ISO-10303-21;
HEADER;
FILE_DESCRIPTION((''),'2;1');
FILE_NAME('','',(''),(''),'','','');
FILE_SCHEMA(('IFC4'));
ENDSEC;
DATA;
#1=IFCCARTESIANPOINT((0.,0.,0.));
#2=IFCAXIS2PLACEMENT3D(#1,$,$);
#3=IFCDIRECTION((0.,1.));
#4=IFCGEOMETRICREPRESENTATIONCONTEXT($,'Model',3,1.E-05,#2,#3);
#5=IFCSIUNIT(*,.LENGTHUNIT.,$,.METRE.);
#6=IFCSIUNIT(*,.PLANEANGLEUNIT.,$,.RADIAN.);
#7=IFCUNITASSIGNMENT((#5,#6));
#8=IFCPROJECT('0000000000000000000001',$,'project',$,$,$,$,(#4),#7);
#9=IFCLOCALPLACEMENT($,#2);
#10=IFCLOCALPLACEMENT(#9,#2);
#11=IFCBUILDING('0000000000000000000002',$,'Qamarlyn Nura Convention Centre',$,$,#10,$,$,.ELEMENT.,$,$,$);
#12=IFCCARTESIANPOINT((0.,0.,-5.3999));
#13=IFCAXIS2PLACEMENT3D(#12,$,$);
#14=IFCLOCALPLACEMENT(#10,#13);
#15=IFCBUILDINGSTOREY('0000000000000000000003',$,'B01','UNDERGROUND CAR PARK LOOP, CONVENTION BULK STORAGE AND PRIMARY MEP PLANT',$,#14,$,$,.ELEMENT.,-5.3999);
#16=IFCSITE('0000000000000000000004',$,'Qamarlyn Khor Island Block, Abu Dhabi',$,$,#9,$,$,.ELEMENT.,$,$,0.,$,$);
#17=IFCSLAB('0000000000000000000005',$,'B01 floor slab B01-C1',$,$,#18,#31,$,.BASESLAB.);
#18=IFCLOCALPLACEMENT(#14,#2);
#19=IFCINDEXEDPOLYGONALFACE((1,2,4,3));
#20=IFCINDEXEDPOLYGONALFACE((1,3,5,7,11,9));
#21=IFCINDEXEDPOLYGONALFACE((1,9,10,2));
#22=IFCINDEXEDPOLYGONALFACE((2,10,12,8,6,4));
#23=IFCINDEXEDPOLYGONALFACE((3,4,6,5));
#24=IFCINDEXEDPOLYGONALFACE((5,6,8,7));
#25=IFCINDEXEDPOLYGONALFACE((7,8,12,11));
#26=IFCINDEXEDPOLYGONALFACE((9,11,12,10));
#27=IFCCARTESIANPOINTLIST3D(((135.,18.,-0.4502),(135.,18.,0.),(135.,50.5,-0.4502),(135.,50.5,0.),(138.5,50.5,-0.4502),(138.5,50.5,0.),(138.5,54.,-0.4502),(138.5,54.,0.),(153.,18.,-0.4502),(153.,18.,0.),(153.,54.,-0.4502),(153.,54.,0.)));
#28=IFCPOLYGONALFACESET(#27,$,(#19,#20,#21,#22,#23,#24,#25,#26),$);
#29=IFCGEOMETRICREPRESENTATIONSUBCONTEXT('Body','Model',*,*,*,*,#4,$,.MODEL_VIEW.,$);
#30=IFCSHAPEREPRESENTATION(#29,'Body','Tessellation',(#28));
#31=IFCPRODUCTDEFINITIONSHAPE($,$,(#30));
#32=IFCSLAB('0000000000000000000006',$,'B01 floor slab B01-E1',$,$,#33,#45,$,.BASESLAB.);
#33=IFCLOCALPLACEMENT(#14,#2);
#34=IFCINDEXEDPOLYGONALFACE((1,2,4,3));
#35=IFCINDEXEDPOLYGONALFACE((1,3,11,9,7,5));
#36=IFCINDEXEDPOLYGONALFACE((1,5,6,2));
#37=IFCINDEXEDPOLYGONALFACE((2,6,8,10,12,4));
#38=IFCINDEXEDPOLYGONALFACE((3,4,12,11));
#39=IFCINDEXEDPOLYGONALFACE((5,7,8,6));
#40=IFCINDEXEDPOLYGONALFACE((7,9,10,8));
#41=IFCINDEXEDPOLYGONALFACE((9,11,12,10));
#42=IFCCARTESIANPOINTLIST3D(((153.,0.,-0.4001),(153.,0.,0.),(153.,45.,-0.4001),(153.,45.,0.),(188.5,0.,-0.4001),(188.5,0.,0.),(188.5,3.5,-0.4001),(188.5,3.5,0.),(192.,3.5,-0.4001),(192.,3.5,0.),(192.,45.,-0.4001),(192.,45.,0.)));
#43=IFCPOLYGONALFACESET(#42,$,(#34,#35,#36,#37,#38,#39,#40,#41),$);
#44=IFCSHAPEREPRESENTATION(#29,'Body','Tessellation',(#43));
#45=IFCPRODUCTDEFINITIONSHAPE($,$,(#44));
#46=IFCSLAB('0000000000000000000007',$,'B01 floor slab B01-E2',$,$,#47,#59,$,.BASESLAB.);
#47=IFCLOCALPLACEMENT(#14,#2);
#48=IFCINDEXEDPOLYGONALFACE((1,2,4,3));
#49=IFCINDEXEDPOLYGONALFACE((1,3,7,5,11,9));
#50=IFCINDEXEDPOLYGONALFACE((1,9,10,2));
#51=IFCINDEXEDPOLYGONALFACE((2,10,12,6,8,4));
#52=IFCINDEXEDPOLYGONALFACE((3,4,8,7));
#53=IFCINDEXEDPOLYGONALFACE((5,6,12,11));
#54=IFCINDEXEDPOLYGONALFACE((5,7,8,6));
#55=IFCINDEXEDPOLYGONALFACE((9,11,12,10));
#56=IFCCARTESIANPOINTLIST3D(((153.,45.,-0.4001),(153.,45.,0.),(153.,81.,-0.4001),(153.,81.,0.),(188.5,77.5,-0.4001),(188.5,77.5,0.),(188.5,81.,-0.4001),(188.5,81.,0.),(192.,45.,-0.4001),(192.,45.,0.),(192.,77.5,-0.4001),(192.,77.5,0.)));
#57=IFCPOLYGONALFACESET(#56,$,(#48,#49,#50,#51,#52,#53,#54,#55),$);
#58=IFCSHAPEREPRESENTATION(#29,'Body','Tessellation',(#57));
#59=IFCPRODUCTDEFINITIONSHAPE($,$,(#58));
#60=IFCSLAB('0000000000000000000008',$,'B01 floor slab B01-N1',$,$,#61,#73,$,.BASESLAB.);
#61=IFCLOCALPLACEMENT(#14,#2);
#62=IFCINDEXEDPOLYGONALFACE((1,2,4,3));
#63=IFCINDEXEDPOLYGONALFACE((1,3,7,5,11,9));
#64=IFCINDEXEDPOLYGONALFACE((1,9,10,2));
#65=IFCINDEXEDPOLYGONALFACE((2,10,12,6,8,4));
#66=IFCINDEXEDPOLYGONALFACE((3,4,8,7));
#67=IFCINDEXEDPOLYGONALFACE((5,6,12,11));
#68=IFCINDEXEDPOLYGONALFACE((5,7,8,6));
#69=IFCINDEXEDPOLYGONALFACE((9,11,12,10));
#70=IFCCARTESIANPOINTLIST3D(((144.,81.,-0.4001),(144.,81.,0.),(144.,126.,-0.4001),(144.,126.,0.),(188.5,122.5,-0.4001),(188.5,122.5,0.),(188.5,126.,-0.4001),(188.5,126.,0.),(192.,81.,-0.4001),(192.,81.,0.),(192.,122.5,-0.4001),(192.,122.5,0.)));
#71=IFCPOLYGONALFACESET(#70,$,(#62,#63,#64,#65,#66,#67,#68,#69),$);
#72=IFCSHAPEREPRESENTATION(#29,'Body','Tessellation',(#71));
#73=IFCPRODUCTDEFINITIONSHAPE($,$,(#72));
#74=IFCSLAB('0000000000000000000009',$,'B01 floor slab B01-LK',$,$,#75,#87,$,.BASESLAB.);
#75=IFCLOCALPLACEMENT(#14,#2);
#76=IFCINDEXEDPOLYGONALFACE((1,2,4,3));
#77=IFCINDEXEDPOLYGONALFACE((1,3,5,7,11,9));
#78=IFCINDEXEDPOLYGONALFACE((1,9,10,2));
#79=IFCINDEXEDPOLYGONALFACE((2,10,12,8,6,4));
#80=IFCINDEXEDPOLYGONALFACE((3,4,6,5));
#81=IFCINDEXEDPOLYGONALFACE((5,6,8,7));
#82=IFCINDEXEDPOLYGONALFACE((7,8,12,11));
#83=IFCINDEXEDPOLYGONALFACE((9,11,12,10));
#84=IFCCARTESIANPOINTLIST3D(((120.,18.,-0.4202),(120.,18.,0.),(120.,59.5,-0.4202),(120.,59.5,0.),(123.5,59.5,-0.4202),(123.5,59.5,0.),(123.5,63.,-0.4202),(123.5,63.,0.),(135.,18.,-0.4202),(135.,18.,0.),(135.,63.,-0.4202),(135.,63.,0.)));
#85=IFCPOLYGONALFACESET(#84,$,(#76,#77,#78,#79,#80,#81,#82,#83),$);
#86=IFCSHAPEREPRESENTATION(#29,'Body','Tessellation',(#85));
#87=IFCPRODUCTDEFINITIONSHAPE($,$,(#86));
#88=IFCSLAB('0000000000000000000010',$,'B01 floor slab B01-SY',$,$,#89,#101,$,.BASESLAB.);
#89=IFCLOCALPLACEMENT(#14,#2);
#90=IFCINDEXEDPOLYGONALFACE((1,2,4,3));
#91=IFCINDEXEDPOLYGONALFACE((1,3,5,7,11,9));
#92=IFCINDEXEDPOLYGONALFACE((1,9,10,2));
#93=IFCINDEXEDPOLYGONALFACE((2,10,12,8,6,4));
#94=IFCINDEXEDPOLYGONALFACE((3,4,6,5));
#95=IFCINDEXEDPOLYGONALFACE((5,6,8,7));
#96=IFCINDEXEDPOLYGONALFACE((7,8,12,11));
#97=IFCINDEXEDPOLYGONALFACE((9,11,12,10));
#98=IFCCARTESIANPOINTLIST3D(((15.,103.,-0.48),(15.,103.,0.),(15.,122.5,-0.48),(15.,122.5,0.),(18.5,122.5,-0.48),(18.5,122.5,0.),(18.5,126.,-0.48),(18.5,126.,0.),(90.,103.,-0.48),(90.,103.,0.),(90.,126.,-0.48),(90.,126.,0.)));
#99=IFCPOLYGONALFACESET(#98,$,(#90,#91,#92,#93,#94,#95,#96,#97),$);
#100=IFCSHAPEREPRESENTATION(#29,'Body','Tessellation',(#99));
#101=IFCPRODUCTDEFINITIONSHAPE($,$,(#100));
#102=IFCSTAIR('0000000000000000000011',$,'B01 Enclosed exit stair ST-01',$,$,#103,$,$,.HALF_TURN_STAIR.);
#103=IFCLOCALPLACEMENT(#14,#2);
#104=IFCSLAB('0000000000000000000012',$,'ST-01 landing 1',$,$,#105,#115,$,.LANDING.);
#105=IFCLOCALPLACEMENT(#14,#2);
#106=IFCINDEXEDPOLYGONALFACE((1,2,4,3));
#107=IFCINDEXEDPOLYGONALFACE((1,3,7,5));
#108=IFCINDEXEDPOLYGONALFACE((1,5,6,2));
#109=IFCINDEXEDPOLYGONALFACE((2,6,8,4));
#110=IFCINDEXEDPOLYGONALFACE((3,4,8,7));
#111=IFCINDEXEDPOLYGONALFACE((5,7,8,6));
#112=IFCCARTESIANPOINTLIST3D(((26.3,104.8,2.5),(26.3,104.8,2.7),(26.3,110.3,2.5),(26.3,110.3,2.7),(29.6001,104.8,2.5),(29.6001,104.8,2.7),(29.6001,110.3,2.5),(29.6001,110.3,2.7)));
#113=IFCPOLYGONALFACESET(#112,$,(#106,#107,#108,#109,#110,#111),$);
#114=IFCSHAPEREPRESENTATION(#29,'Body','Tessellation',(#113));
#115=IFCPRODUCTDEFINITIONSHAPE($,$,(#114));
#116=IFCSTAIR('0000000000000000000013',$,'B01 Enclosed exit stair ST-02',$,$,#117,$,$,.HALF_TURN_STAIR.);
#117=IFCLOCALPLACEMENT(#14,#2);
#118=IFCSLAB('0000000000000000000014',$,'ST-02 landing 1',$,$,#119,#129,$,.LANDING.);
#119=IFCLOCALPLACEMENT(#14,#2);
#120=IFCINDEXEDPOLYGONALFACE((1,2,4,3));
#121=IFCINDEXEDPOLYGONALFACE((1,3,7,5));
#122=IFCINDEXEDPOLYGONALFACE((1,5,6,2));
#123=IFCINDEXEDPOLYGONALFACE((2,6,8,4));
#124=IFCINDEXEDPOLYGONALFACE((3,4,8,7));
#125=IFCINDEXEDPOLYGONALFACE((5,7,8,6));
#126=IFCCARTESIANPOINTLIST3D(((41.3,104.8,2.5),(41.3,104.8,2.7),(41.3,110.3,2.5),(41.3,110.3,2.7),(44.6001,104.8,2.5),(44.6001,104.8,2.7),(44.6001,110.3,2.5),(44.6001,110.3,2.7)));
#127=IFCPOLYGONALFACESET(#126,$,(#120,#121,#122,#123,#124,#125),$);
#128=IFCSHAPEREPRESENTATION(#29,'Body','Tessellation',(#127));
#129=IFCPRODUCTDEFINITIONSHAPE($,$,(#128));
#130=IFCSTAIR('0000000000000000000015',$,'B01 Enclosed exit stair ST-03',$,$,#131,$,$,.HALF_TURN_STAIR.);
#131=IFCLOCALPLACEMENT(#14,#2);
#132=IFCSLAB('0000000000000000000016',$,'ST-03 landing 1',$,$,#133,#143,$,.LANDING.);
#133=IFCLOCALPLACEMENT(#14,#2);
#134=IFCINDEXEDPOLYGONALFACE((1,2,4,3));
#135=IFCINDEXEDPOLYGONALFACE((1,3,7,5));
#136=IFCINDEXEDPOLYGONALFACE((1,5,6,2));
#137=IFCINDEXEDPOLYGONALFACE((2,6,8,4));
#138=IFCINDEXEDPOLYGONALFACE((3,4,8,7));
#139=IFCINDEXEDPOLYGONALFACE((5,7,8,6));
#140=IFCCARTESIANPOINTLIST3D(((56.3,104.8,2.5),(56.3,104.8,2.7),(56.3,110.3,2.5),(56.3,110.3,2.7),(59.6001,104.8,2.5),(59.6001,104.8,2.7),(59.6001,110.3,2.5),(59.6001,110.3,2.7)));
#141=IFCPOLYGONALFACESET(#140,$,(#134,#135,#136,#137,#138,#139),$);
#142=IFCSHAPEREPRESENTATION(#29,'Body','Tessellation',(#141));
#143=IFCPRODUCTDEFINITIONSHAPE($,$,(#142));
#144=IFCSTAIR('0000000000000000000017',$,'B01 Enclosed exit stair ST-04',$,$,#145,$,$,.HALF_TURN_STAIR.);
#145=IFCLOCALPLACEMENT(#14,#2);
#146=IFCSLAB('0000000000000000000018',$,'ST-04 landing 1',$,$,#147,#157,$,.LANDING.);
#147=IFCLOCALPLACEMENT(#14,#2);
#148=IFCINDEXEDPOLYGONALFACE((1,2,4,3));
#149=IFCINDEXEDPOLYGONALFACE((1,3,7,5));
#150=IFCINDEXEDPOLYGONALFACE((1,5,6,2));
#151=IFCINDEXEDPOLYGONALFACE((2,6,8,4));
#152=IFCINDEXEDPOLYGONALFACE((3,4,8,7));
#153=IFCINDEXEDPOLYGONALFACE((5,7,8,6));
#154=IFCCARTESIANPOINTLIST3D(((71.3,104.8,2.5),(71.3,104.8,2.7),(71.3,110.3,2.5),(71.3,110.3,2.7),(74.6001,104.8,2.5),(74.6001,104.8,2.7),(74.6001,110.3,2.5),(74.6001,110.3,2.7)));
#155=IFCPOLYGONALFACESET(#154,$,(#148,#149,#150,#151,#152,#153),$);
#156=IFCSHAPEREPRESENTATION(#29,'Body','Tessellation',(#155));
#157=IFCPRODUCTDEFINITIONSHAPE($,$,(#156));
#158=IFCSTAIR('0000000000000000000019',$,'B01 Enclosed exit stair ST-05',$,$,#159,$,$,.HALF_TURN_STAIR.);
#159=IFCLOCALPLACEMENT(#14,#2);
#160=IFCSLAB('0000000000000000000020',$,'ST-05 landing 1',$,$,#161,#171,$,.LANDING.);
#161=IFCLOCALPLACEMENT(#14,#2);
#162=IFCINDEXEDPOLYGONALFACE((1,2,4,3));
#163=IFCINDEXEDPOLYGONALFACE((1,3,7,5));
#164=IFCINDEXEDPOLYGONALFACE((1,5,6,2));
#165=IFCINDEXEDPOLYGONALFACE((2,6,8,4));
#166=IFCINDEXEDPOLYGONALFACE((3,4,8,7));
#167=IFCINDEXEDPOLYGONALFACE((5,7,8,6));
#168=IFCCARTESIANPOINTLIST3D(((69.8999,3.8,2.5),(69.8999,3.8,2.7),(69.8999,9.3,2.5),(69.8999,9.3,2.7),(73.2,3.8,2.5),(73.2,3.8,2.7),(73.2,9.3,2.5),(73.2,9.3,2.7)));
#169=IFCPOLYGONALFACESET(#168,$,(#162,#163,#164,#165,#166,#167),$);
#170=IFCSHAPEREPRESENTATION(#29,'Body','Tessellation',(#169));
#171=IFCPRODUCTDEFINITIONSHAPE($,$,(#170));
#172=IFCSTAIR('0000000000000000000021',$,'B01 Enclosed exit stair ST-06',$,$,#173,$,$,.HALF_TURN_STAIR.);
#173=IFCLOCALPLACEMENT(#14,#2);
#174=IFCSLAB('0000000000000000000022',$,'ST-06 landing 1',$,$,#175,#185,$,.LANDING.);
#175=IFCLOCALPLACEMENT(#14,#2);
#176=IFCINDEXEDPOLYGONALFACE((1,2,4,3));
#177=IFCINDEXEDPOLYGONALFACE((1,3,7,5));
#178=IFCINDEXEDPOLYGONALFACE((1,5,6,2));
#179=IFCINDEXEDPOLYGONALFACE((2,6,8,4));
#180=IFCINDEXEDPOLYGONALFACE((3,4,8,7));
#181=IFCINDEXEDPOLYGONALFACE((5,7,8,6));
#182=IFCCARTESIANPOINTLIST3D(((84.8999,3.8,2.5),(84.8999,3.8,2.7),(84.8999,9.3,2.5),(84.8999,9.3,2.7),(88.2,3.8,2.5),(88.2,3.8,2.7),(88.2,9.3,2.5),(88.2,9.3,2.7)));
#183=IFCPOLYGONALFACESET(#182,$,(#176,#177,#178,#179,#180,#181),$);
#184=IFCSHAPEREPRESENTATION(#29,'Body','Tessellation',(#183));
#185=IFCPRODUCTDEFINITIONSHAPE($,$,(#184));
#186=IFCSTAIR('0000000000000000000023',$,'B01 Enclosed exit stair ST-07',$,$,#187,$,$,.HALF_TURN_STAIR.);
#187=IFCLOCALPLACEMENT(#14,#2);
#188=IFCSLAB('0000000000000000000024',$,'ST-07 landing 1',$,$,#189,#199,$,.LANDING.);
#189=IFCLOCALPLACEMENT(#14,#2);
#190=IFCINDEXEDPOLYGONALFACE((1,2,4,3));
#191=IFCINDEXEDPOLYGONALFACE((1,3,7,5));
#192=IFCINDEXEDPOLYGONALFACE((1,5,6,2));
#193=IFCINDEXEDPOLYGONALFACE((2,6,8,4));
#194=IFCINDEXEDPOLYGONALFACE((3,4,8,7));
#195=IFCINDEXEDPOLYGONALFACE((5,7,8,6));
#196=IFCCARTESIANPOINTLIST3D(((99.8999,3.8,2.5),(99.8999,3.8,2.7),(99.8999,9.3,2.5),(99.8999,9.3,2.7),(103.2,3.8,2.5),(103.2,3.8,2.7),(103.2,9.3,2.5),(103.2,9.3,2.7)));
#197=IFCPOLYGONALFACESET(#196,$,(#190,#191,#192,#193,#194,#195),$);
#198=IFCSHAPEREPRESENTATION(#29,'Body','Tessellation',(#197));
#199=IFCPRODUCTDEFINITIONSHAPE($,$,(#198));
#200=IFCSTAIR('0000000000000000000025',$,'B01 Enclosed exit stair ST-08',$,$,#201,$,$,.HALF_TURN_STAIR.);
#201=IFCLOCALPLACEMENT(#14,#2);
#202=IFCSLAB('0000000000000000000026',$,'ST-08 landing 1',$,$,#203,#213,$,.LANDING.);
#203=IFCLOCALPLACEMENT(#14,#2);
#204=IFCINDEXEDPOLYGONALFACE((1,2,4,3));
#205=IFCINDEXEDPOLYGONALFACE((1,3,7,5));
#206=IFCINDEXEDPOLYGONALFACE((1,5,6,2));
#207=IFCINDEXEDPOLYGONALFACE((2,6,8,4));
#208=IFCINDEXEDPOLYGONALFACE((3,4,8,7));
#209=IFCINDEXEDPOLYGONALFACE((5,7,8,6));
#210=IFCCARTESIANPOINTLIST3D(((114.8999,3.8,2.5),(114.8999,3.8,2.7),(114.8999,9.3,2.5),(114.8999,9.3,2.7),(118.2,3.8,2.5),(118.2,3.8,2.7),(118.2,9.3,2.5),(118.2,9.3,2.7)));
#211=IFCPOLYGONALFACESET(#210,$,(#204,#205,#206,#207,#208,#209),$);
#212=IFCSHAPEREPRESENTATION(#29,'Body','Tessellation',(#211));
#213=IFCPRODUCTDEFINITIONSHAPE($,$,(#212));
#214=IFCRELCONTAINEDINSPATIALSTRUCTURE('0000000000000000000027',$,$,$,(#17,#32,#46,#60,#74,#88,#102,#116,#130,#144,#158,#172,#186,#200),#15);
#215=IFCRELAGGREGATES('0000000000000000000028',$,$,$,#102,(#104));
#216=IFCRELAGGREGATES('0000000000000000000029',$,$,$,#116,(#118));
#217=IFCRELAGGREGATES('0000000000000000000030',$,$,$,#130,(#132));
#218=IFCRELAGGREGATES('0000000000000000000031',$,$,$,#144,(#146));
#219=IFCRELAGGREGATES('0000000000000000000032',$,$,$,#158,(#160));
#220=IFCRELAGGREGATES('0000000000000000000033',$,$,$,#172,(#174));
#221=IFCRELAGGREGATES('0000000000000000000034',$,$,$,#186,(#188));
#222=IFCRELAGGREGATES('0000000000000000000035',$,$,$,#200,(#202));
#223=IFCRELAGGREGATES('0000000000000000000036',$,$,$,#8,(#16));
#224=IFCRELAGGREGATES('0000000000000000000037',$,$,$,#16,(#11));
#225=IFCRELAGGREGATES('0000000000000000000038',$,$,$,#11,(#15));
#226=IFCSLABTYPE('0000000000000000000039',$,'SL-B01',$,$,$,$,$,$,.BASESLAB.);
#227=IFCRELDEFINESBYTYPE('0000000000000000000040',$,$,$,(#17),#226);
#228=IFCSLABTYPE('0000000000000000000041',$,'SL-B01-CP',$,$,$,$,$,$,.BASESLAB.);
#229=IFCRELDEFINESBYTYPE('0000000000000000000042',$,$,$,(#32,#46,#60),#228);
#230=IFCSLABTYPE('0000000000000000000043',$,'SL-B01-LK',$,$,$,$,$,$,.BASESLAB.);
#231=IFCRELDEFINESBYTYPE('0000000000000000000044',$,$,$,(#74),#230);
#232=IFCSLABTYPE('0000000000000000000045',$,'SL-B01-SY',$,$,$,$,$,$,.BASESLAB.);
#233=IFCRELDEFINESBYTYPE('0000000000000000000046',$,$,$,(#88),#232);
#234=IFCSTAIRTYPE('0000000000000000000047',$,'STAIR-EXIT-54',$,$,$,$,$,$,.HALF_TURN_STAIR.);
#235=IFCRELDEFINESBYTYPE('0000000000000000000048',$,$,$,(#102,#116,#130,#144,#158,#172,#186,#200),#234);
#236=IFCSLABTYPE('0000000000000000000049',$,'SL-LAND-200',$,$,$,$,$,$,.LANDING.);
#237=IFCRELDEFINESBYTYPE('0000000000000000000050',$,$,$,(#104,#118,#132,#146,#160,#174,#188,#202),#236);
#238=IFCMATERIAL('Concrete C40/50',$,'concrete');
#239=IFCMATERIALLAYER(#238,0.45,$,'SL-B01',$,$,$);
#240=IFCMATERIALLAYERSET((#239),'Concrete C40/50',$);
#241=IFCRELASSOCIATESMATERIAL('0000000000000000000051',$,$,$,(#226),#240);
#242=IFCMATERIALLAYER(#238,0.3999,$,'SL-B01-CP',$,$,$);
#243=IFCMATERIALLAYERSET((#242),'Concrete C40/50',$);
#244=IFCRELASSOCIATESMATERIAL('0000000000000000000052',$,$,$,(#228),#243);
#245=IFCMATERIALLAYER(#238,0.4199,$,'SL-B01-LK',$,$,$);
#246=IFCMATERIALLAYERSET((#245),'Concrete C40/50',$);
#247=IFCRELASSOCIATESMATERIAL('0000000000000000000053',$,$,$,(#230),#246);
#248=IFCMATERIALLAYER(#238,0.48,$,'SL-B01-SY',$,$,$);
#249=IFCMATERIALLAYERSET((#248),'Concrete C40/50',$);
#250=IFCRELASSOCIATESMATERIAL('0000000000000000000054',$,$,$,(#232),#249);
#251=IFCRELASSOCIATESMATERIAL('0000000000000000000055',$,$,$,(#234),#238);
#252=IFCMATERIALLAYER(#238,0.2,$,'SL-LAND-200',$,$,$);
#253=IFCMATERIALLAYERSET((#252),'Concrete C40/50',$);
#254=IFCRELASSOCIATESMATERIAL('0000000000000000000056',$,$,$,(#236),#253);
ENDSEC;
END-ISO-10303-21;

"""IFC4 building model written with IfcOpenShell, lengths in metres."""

from ifc_helpers import new_model, si_unit, direction, frame, origin, place, context, subcontext, project, spatial, polyline, outline, extrude, material, layer, layer_set, type_object, element, aggregate, save


model = new_model("IFC4")

# Units and contexts
model_context = context("Model", 3, precision=1e-05, world=origin(), true_north=direction((0.0, 1.0)))
body_context = subcontext(model_context, "Body", "Model", "MODEL_VIEW")
ifc_project = project(units=[si_unit("LENGTHUNIT", "METRE"), si_unit("PLANEANGLEUNIT", "RADIAN")], contexts=[model_context])

# Site, building, storey
site_placement = place(None, origin())
site = spatial("IfcSite", under=ifc_project, at=site_placement, Name="Qamarlyn Khor Island Block, Abu Dhabi", CompositionType="ELEMENT", RefElevation=0.0)
building_placement = place(site_placement, origin())
building = spatial("IfcBuilding", under=site, at=building_placement, Name="Qamarlyn Nura Convention Centre", CompositionType="ELEMENT")
storey_placement = place(building_placement, frame((0.0, 0.0, -5.3999)))
storey = spatial("IfcBuildingStorey", under=building, at=storey_placement, Name="B01", Description="UNDERGROUND CAR PARK LOOP, CONVENTION BULK STORAGE AND PRIMARY MEP PLANT", CompositionType="ELEMENT", Elevation=-5.3999)

# Shared definitions
ifc_material = material(Name="Concrete C40/50", Category="concrete")

# Slabs
ifc_layer_1 = layer(ifc_material, 0.45, Name="SL-B01")
ifc_layer_set_1 = layer_set([ifc_layer_1], Name="Concrete C40/50")
slab_type_1 = type_object("IfcSlabType", Name="SL-B01", PredefinedType="BASESLAB", material=ifc_layer_set_1)
slab_1_placement = place(storey_placement, frame((0.0, 0.0, -0.4502)))
element("IfcSlab", 1, at=slab_1_placement, inside=storey, type_object=slab_type_1, Name="B01 floor slab B01-C1", PredefinedType="BASESLAB", context=body_context, shape_type="SweptSolid", body=[
    extrude(outline(polyline([(153.0, 54.0), (153.0, 18.0), (135.0, 18.0), (135.0, 50.5), (138.5, 50.5), (138.5, 54.0), (153.0, 54.0)])), origin(), (0.0, 0.0, 1.0), 0.4502),
])
ifc_layer_2 = layer(ifc_material, 0.3999, Name="SL-B01-CP")
ifc_layer_set_2 = layer_set([ifc_layer_2], Name="Concrete C40/50")
slab_type_2 = type_object("IfcSlabType", Name="SL-B01-CP", PredefinedType="BASESLAB", material=ifc_layer_set_2)
slab_2_placement = place(storey_placement, frame((0.0, 0.0, -0.4001)))
element("IfcSlab", 2, at=slab_2_placement, inside=storey, type_object=slab_type_2, Name="B01 floor slab B01-E1", PredefinedType="BASESLAB", context=body_context, shape_type="SweptSolid", body=[
    extrude(outline(polyline([(153.0, 0.0), (153.0, 45.0), (192.0, 45.0), (192.0, 3.5), (188.5, 3.5), (188.5, 0.0), (153.0, 0.0)])), origin(), (0.0, 0.0, 1.0), 0.4001),
])
slab_3_placement = place(storey_placement, frame((0.0, 0.0, -0.4001)))
element("IfcSlab", 3, at=slab_3_placement, inside=storey, type_object=slab_type_2, Name="B01 floor slab B01-E2", PredefinedType="BASESLAB", context=body_context, shape_type="SweptSolid", body=[
    extrude(outline(polyline([(192.0, 45.0), (153.0, 45.0), (153.0, 81.0), (188.5, 81.0), (188.5, 77.5), (192.0, 77.5), (192.0, 45.0)])), origin(), (0.0, 0.0, 1.0), 0.4001),
])
slab_4_placement = place(storey_placement, frame((0.0, 0.0, -0.4001)))
element("IfcSlab", 4, at=slab_4_placement, inside=storey, type_object=slab_type_2, Name="B01 floor slab B01-N1", PredefinedType="BASESLAB", context=body_context, shape_type="SweptSolid", body=[
    extrude(outline(polyline([(192.0, 81.0), (144.0, 81.0), (144.0, 126.0), (188.5, 126.0), (188.5, 122.5), (192.0, 122.5), (192.0, 81.0)])), origin(), (0.0, 0.0, 1.0), 0.4001),
])
ifc_layer_3 = layer(ifc_material, 0.4199, Name="SL-B01-LK")
ifc_layer_set_3 = layer_set([ifc_layer_3], Name="Concrete C40/50")
slab_type_3 = type_object("IfcSlabType", Name="SL-B01-LK", PredefinedType="BASESLAB", material=ifc_layer_set_3)
slab_5_placement = place(storey_placement, frame((0.0, 0.0, -0.4202)))
element("IfcSlab", 5, at=slab_5_placement, inside=storey, type_object=slab_type_3, Name="B01 floor slab B01-LK", PredefinedType="BASESLAB", context=body_context, shape_type="SweptSolid", body=[
    extrude(outline(polyline([(135.0, 63.0), (135.0, 18.0), (120.0, 18.0), (120.0, 59.5), (123.5, 59.5), (123.5, 63.0), (135.0, 63.0)])), origin(), (0.0, 0.0, 1.0), 0.4202),
])
ifc_layer_4 = layer(ifc_material, 0.48, Name="SL-B01-SY")
ifc_layer_set_4 = layer_set([ifc_layer_4], Name="Concrete C40/50")
slab_type_4 = type_object("IfcSlabType", Name="SL-B01-SY", PredefinedType="BASESLAB", material=ifc_layer_set_4)
slab_6_placement = place(storey_placement, frame((0.0, 0.0, -0.48)))
element("IfcSlab", 6, at=slab_6_placement, inside=storey, type_object=slab_type_4, Name="B01 floor slab B01-SY", PredefinedType="BASESLAB", context=body_context, shape_type="SweptSolid", body=[
    extrude(outline(polyline([(90.0, 126.0), (90.0, 103.0), (15.0, 103.0), (15.0, 122.5), (18.5, 122.5), (18.5, 126.0), (90.0, 126.0)])), origin(), (0.0, 0.0, 1.0), 0.48),
])

# Stairs, slabs
stair_type = type_object("IfcStairType", Name="STAIR-EXIT-54", PredefinedType="HALF_TURN_STAIR", material=ifc_material)
stair_1_placement = place(storey_placement, origin())
stair_1 = element("IfcStair", 7, at=stair_1_placement, inside=storey, type_object=stair_type, Name="B01 Enclosed exit stair ST-01", PredefinedType="HALF_TURN_STAIR")
ifc_layer_5 = layer(ifc_material, 0.2, Name="SL-LAND-200")
ifc_layer_set_5 = layer_set([ifc_layer_5], Name="Concrete C40/50")
slab_type_5 = type_object("IfcSlabType", Name="SL-LAND-200", PredefinedType="LANDING", material=ifc_layer_set_5)
slab_7_placement = place(storey_placement, frame((0.0, 0.0, 2.5)))
slab_7 = element("IfcSlab", 8, at=slab_7_placement, type_object=slab_type_5, Name="ST-01 landing 1", PredefinedType="LANDING", context=body_context, shape_type="SweptSolid", body=[
    extrude(outline(polyline([(26.3, 104.8), (29.6001, 104.8), (29.6001, 110.3), (26.3, 110.3), (26.3, 104.8)])), origin(), (0.0, 0.0, 1.0), 0.2),
])
aggregate(stair_1, [slab_7])
stair_2_placement = place(storey_placement, origin())
stair_2 = element("IfcStair", 9, at=stair_2_placement, inside=storey, type_object=stair_type, Name="B01 Enclosed exit stair ST-02", PredefinedType="HALF_TURN_STAIR")
slab_8_placement = place(storey_placement, frame((0.0, 0.0, 2.5)))
slab_8 = element("IfcSlab", 10, at=slab_8_placement, type_object=slab_type_5, Name="ST-02 landing 1", PredefinedType="LANDING", context=body_context, shape_type="SweptSolid", body=[
    extrude(outline(polyline([(41.3, 104.8), (44.6001, 104.8), (44.6001, 110.3), (41.3, 110.3), (41.3, 104.8)])), origin(), (0.0, 0.0, 1.0), 0.2),
])
aggregate(stair_2, [slab_8])
stair_3_placement = place(storey_placement, origin())
stair_3 = element("IfcStair", 11, at=stair_3_placement, inside=storey, type_object=stair_type, Name="B01 Enclosed exit stair ST-03", PredefinedType="HALF_TURN_STAIR")
slab_9_placement = place(storey_placement, frame((0.0, 0.0, 2.5)))
slab_9 = element("IfcSlab", 12, at=slab_9_placement, type_object=slab_type_5, Name="ST-03 landing 1", PredefinedType="LANDING", context=body_context, shape_type="SweptSolid", body=[
    extrude(outline(polyline([(56.3, 104.8), (59.6001, 104.8), (59.6001, 110.3), (56.3, 110.3), (56.3, 104.8)])), origin(), (0.0, 0.0, 1.0), 0.2),
])
aggregate(stair_3, [slab_9])
stair_4_placement = place(storey_placement, origin())
stair_4 = element("IfcStair", 13, at=stair_4_placement, inside=storey, type_object=stair_type, Name="B01 Enclosed exit stair ST-04", PredefinedType="HALF_TURN_STAIR")
slab_10_placement = place(storey_placement, frame((0.0, 0.0, 2.5)))
slab_10 = element("IfcSlab", 14, at=slab_10_placement, type_object=slab_type_5, Name="ST-04 landing 1", PredefinedType="LANDING", context=body_context, shape_type="SweptSolid", body=[
    extrude(outline(polyline([(71.3, 104.8), (74.6001, 104.8), (74.6001, 110.3), (71.3, 110.3), (71.3, 104.8)])), origin(), (0.0, 0.0, 1.0), 0.2),
])
aggregate(stair_4, [slab_10])
stair_5_placement = place(storey_placement, origin())
stair_5 = element("IfcStair", 15, at=stair_5_placement, inside=storey, type_object=stair_type, Name="B01 Enclosed exit stair ST-05", PredefinedType="HALF_TURN_STAIR")
slab_11_placement = place(storey_placement, frame((0.0, 0.0, 2.5)))
slab_11 = element("IfcSlab", 16, at=slab_11_placement, type_object=slab_type_5, Name="ST-05 landing 1", PredefinedType="LANDING", context=body_context, shape_type="SweptSolid", body=[
    extrude(outline(polyline([(69.8999, 3.8), (73.2, 3.8), (73.2, 9.3), (69.8999, 9.3), (69.8999, 3.8)])), origin(), (0.0, 0.0, 1.0), 0.2),
])
aggregate(stair_5, [slab_11])
stair_6_placement = place(storey_placement, origin())
stair_6 = element("IfcStair", 17, at=stair_6_placement, inside=storey, type_object=stair_type, Name="B01 Enclosed exit stair ST-06", PredefinedType="HALF_TURN_STAIR")
slab_12_placement = place(storey_placement, frame((0.0, 0.0, 2.5)))
slab_12 = element("IfcSlab", 18, at=slab_12_placement, type_object=slab_type_5, Name="ST-06 landing 1", PredefinedType="LANDING", context=body_context, shape_type="SweptSolid", body=[
    extrude(outline(polyline([(84.8999, 3.8), (88.2, 3.8), (88.2, 9.3), (84.8999, 9.3), (84.8999, 3.8)])), origin(), (0.0, 0.0, 1.0), 0.2),
])
aggregate(stair_6, [slab_12])
stair_7_placement = place(storey_placement, origin())
stair_7 = element("IfcStair", 19, at=stair_7_placement, inside=storey, type_object=stair_type, Name="B01 Enclosed exit stair ST-07", PredefinedType="HALF_TURN_STAIR")
slab_13_placement = place(storey_placement, frame((0.0, 0.0, 2.5)))
slab_13 = element("IfcSlab", 20, at=slab_13_placement, type_object=slab_type_5, Name="ST-07 landing 1", PredefinedType="LANDING", context=body_context, shape_type="SweptSolid", body=[
    extrude(outline(polyline([(99.8999, 3.8), (103.2, 3.8), (103.2, 9.3), (99.8999, 9.3), (99.8999, 3.8)])), origin(), (0.0, 0.0, 1.0), 0.2),
])
aggregate(stair_7, [slab_13])
stair_8_placement = place(storey_placement, origin())
stair_8 = element("IfcStair", 21, at=stair_8_placement, inside=storey, type_object=stair_type, Name="B01 Enclosed exit stair ST-08", PredefinedType="HALF_TURN_STAIR")
slab_14_placement = place(storey_placement, frame((0.0, 0.0, 2.5)))
slab_14 = element("IfcSlab", 22, at=slab_14_placement, type_object=slab_type_5, Name="ST-08 landing 1", PredefinedType="LANDING", context=body_context, shape_type="SweptSolid", body=[
    extrude(outline(polyline([(114.8999, 3.8), (118.2, 3.8), (118.2, 9.3), (114.8999, 9.3), (114.8999, 3.8)])), origin(), (0.0, 0.0, 1.0), 0.2),
])
aggregate(stair_8, [slab_14])

save(model, "model.ifc")
